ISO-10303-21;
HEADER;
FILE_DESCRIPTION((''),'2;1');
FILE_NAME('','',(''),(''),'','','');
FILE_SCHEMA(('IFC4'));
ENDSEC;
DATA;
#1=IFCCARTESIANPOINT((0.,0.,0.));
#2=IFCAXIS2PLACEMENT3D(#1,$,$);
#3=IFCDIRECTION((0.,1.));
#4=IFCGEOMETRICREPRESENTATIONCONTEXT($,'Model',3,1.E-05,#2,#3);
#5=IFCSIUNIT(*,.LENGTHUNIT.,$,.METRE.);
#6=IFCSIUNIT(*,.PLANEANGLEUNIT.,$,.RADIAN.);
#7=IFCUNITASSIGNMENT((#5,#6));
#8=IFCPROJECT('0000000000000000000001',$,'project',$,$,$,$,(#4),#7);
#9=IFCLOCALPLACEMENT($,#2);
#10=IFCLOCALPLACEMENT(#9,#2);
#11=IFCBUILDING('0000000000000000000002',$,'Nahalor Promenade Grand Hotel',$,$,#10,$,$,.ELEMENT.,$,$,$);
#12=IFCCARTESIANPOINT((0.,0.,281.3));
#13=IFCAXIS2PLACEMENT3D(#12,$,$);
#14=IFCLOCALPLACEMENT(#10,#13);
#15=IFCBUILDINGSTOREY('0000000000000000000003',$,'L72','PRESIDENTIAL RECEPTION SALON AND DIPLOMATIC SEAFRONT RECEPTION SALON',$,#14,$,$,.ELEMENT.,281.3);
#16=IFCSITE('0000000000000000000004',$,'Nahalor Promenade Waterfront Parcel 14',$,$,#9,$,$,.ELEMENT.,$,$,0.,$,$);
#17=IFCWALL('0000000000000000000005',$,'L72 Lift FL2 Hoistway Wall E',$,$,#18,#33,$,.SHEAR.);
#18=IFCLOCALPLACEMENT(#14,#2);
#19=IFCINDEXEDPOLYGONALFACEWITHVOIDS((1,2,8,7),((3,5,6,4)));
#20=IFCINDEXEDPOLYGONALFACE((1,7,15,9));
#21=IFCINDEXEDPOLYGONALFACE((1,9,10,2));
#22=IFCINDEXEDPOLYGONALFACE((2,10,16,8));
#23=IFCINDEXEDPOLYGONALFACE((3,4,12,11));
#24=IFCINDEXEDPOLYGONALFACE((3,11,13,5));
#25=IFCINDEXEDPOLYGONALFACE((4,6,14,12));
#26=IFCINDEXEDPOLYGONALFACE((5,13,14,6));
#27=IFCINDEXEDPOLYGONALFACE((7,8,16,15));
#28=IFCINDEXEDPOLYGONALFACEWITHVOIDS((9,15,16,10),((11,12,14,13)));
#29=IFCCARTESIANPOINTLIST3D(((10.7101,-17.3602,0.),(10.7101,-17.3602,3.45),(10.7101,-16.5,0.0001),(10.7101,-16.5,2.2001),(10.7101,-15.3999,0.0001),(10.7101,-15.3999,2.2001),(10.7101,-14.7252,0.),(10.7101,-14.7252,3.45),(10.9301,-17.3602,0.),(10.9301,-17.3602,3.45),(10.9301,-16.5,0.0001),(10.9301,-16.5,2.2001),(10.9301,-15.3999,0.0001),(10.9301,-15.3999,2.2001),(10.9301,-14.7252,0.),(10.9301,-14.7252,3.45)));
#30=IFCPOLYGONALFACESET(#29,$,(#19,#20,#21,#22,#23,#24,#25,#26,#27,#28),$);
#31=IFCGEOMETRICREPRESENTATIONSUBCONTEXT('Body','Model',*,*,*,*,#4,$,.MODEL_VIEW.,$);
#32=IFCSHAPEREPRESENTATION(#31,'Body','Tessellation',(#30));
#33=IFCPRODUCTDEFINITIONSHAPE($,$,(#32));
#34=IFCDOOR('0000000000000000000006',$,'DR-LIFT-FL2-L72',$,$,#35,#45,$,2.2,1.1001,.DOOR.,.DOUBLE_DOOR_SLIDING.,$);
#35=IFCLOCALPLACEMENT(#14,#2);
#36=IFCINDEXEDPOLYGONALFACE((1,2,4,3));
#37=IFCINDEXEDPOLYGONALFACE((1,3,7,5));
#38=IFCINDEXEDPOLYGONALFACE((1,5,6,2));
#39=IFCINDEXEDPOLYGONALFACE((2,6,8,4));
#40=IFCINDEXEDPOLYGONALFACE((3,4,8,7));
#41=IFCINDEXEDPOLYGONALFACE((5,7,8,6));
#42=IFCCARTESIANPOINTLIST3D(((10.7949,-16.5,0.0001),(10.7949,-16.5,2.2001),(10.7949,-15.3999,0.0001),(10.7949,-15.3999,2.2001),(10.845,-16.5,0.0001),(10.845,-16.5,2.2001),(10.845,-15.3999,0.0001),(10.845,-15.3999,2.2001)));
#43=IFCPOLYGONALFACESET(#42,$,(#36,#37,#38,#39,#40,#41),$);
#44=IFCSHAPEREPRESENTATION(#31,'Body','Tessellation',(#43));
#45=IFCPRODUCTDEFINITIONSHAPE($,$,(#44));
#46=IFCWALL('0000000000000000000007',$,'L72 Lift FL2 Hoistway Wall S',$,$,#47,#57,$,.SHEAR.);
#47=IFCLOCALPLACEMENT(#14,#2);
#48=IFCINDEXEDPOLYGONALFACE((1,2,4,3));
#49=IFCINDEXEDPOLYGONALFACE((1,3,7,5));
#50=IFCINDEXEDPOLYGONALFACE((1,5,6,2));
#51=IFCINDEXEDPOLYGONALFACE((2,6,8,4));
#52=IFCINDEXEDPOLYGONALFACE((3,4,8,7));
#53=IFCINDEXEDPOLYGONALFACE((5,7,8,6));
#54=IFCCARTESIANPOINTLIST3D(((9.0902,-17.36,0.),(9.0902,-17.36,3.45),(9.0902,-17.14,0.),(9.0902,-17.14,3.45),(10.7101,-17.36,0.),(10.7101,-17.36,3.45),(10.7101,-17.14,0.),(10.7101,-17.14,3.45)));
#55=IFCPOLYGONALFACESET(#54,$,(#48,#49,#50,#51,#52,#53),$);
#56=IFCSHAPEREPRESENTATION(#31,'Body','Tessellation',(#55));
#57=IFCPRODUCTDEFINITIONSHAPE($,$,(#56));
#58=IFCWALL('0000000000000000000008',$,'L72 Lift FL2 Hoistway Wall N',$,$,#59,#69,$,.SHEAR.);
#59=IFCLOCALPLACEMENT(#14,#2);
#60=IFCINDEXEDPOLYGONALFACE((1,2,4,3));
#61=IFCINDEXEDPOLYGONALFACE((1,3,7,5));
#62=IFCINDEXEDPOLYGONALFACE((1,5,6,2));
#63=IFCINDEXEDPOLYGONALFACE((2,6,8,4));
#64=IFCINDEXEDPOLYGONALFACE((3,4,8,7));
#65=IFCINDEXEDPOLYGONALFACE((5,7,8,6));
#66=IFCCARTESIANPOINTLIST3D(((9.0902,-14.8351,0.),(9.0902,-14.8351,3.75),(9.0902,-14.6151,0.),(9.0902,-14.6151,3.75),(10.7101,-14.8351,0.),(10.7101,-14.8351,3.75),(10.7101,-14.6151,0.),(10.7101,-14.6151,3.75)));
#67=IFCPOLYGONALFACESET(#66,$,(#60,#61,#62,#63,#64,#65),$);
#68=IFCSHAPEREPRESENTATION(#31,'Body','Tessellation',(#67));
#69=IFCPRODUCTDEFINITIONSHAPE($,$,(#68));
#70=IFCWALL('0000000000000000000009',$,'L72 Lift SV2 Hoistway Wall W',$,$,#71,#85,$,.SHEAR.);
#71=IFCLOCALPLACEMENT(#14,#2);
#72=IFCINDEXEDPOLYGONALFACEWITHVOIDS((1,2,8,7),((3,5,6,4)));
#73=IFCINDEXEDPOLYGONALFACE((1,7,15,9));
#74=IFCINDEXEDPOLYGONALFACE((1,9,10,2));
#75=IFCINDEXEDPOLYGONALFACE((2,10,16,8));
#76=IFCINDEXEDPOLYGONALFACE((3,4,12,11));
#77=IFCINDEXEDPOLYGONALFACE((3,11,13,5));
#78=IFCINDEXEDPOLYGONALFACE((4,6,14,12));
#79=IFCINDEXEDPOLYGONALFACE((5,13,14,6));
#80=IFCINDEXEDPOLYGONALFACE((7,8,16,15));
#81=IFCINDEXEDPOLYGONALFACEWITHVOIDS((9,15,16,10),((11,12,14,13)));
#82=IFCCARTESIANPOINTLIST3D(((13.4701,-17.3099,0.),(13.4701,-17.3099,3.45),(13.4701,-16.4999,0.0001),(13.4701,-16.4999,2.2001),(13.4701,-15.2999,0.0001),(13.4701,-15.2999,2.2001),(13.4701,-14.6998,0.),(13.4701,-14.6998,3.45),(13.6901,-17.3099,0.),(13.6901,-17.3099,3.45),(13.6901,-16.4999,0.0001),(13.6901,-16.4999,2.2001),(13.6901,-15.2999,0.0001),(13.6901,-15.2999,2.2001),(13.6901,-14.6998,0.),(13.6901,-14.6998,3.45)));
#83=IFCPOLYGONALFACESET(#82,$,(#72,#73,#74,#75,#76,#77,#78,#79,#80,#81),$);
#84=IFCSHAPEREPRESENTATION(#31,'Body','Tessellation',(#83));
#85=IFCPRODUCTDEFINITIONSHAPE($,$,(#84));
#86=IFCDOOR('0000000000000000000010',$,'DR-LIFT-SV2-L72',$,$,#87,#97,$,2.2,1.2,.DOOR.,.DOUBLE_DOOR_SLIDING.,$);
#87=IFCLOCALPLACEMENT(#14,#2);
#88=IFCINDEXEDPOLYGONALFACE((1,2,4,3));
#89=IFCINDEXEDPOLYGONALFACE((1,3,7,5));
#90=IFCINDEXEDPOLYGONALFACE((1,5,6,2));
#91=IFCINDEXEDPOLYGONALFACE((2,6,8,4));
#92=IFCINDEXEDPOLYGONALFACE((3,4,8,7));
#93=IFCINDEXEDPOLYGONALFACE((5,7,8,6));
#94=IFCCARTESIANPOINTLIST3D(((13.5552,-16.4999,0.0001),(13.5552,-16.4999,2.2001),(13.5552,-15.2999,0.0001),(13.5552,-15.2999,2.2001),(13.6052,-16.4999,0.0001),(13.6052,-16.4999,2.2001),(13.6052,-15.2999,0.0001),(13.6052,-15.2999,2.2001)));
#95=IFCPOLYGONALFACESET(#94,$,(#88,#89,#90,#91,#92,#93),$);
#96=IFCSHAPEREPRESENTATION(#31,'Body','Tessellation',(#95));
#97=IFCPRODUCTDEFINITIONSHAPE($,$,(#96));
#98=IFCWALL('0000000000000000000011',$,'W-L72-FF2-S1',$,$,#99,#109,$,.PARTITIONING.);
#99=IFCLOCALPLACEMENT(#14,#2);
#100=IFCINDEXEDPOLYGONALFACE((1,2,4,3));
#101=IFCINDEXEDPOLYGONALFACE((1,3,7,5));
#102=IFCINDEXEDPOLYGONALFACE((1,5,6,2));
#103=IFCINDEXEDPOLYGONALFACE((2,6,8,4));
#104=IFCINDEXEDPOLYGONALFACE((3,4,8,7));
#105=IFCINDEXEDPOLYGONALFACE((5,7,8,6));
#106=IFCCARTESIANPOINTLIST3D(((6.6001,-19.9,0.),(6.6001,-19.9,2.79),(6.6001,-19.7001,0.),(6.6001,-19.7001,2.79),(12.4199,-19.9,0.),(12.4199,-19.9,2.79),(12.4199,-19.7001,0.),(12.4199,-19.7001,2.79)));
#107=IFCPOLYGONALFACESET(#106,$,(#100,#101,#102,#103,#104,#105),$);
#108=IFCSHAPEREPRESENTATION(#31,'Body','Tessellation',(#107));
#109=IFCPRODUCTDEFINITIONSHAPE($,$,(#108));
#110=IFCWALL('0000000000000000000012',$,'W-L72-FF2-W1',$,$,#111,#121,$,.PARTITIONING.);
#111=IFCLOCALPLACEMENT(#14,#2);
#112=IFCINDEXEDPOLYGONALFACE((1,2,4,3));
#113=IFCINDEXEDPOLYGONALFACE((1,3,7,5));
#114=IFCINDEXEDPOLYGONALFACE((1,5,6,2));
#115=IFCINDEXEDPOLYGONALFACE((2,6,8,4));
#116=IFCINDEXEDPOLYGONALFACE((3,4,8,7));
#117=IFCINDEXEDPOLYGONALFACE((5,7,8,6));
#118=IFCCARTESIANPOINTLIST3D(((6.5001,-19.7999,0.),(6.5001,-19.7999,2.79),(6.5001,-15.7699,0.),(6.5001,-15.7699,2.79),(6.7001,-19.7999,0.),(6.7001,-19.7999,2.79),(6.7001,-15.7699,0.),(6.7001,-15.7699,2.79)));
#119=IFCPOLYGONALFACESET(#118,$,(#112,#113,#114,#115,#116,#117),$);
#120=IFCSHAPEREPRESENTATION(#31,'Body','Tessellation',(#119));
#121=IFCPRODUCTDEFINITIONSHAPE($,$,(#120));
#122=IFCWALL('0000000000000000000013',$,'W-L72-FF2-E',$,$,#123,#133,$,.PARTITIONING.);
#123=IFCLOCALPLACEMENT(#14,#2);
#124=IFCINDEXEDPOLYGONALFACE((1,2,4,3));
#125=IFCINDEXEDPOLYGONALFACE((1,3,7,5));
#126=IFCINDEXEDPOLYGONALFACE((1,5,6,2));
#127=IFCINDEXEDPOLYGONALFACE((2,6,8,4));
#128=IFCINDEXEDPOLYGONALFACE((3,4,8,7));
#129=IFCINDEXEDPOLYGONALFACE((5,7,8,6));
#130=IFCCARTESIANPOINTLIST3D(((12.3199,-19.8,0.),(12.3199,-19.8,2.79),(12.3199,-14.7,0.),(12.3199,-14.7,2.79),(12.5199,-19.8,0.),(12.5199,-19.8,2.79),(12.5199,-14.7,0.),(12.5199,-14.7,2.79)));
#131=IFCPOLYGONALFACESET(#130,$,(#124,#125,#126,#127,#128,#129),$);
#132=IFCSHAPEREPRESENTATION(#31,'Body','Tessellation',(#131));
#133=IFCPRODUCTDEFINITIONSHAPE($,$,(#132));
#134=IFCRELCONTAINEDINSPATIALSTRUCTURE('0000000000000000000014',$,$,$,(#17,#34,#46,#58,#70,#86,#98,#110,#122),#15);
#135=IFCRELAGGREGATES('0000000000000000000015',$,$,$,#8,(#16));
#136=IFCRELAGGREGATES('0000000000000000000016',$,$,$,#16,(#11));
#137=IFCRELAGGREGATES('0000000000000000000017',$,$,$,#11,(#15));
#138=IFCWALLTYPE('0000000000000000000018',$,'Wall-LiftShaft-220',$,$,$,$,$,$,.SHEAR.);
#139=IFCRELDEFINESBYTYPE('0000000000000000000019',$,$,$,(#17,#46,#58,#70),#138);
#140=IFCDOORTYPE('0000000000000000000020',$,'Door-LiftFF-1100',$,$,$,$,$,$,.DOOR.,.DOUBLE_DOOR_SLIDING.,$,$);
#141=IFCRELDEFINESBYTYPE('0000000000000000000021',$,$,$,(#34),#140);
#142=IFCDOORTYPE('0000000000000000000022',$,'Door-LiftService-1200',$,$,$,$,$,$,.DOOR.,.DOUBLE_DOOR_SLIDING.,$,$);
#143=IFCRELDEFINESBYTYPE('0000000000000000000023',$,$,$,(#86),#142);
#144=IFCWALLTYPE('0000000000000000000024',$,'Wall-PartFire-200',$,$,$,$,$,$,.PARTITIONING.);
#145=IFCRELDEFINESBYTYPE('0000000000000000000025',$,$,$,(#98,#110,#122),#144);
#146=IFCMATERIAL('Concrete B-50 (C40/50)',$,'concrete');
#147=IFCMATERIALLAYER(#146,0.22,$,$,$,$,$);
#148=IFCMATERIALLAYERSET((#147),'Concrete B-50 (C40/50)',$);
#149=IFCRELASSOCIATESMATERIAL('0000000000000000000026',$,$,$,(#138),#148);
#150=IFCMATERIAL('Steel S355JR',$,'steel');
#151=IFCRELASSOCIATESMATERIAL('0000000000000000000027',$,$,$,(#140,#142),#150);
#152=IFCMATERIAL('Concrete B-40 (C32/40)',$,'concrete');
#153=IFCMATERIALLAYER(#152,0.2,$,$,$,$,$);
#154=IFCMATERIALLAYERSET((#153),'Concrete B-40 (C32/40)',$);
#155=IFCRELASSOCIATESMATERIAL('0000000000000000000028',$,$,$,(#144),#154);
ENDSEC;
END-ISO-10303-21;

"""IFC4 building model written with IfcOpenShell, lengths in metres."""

from ifc_helpers import new_model, si_unit, direction, frame, frame_2d, origin, place, context, subcontext, project, spatial, rectangle, extrude, source, transform, mapped, material, layer, layer_set, type_object, element, fill, save


model = new_model("IFC4")

# Units and contexts
model_context = context("Model", 3, precision=1e-05, world=origin(), true_north=direction((0.0, 1.0)))
body_context = subcontext(model_context, "Body", "Model", "MODEL_VIEW")
ifc_project = project(units=[si_unit("LENGTHUNIT", "METRE"), si_unit("PLANEANGLEUNIT", "RADIAN")], contexts=[model_context])

# Site, building, storey
site_placement = place(None, origin())
site = spatial("IfcSite", under=ifc_project, at=site_placement, Name="Nahalor Promenade Waterfront Parcel 14", CompositionType="ELEMENT", RefElevation=0.0)
building_placement = place(site_placement, origin())
building = spatial("IfcBuilding", under=site, at=building_placement, Name="Nahalor Promenade Grand Hotel", CompositionType="ELEMENT")
storey_placement = place(building_placement, frame((0.0, 0.0, 281.3)))
storey = spatial("IfcBuildingStorey", under=building, at=storey_placement, Name="L72", Description="PRESIDENTIAL RECEPTION SALON AND DIPLOMATIC SEAFRONT RECEPTION SALON", CompositionType="ELEMENT", Elevation=281.3)

# Shared definitions
ifc_material_1 = material(Name="Concrete B-50 (C40/50)", Category="concrete")
ifc_material_2 = material(Name="Steel S355JR", Category="steel")

# Shared definitions
ifc_layer_1 = layer(ifc_material_1, 0.22)
ifc_layer_set_1 = layer_set([ifc_layer_1], Name="Concrete B-50 (C40/50)")
wall_type_1 = type_object("IfcWallType", Name="Wall-LiftShaft-220", PredefinedType="SHEAR", material=ifc_layer_set_1)

# Shared definitions
shared_shape_1 = source(origin(), body_context, "Body", "SweptSolid", [
    extrude(rectangle(XDim=2.635, YDim=0.22, at=frame_2d((1.3174, 0.0))), origin(), (0.0, 0.0, 1.0), 3.45),
])

# Wall, opening, door
wall_1_placement = place(storey_placement, frame((10.8201, -17.3601, 0.0), z_axis=(0.0, 0.0, 1.0), x_axis=(0.0, 1.0, 0.0)))
wall_1 = element("IfcWall", 1, at=wall_1_placement, inside=storey, type_object=wall_type_1, Name="L72 Lift FL2 Hoistway Wall E", PredefinedType="SHEAR", context=body_context, shape_type="MappedRepresentation", body=[
    mapped(shared_shape_1, transform((0.0, 0.0, 0.0), scale=1.0)),
])
opening_1_placement = place(wall_1_placement, frame((0.8601, 0.0, 0.0)))
opening_1 = element("IfcOpeningElement", 2, at=opening_1_placement, cuts=wall_1, PredefinedType="OPENING", context=body_context, shape_type="SweptSolid", body=[
    extrude(rectangle(XDim=1.1001, YDim=2.2, at=frame_2d((0.55, 1.1001))), frame((0.0, 0.1199, 0.0), z_axis=(0.0, -1.0, 0.0), x_axis=(1.0, 0.0, 0.0)), (0.0, 0.0, 1.0), 0.24),
])
door_type_1 = type_object("IfcDoorType", Name="Door-LiftFF-1100", OperationType="DOUBLE_DOOR_SLIDING", PredefinedType="DOOR", material=ifc_material_2)
shared_shape_2 = source(origin(), body_context, "Body", "SweptSolid", [
    extrude(rectangle(XDim=1.1001, YDim=2.2, at=frame_2d((0.55, 1.1001))), frame((0.0, 0.0249, 0.0), z_axis=(0.0, -1.0, 0.0), x_axis=(1.0, 0.0, 0.0)), (0.0, 0.0, 1.0), 0.05),
])
door_1_placement = place(opening_1_placement, frame((1.1001, 0.0, 0.0), z_axis=(0.0, 0.0, 1.0), x_axis=(-1.0, 0.0, 0.0)))
door_1 = element("IfcDoor", 3, at=door_1_placement, inside=storey, type_object=door_type_1, Name="DR-LIFT-FL2-L72", OperationType="DOUBLE_DOOR_SLIDING", OverallHeight=2.2, OverallWidth=1.1001, PredefinedType="DOOR", context=body_context, shape_type="MappedRepresentation", body=[
    mapped(shared_shape_2, transform((0.0, 0.0, 0.0), scale=1.0)),
])
fill(opening_1, door_1)

# Walls
shared_shape_3 = source(origin(), body_context, "Body", "SweptSolid", [
    extrude(rectangle(XDim=1.6199, YDim=0.22, at=frame_2d((0.8101, 0.0))), origin(), (0.0, 0.0, 1.0), 3.45),
])
wall_2_placement = place(storey_placement, frame((9.0901, -17.25, 0.0), z_axis=(0.0, 0.0, 1.0), x_axis=(1.0, 0.0, 0.0)))
element("IfcWall", 4, at=wall_2_placement, inside=storey, type_object=wall_type_1, Name="L72 Lift FL2 Hoistway Wall S", PredefinedType="SHEAR", context=body_context, shape_type="MappedRepresentation", body=[
    mapped(shared_shape_3, transform((0.0, 0.0, 0.0), scale=1.0)),
])
shared_shape_4 = source(origin(), body_context, "Body", "SweptSolid", [
    extrude(rectangle(XDim=1.6199, YDim=0.22, at=frame_2d((0.8101, 0.0))), origin(), (0.0, 0.0, 1.0), 3.75),
])
wall_3_placement = place(storey_placement, frame((9.0901, -14.7251, 0.0), z_axis=(0.0, 0.0, 1.0), x_axis=(1.0, 0.0, 0.0)))
element("IfcWall", 5, at=wall_3_placement, inside=storey, type_object=wall_type_1, Name="L72 Lift FL2 Hoistway Wall N", PredefinedType="SHEAR", context=body_context, shape_type="MappedRepresentation", body=[
    mapped(shared_shape_4, transform((0.0, 0.0, 0.0), scale=1.0)),
])

# Wall, opening, door
shared_shape_5 = source(origin(), body_context, "Body", "SweptSolid", [
    extrude(rectangle(XDim=2.6101, YDim=0.22, at=frame_2d((1.3052, 0.0))), origin(), (0.0, 0.0, 1.0), 3.45),
])
wall_4_placement = place(storey_placement, frame((13.5801, -17.3101, 0.0), z_axis=(0.0, 0.0, 1.0), x_axis=(0.0, 1.0, 0.0)))
wall_4 = element("IfcWall", 6, at=wall_4_placement, inside=storey, type_object=wall_type_1, Name="L72 Lift SV2 Hoistway Wall W", PredefinedType="SHEAR", context=body_context, shape_type="MappedRepresentation", body=[
    mapped(shared_shape_5, transform((0.0, 0.0, 0.0), scale=1.0)),
])
opening_2_placement = place(wall_4_placement, frame((0.8101, 0.0, 0.0)))
opening_2 = element("IfcOpeningElement", 7, at=opening_2_placement, cuts=wall_4, PredefinedType="OPENING", context=body_context, shape_type="SweptSolid", body=[
    extrude(rectangle(XDim=1.2, YDim=2.2, at=frame_2d((0.6001, 1.1001))), frame((0.0, 0.1199, 0.0), z_axis=(0.0, -1.0, 0.0), x_axis=(1.0, 0.0, 0.0)), (0.0, 0.0, 1.0), 0.24),
])
door_type_2 = type_object("IfcDoorType", Name="Door-LiftService-1200", OperationType="DOUBLE_DOOR_SLIDING", PredefinedType="DOOR", material=ifc_material_2)
shared_shape_6 = source(origin(), body_context, "Body", "SweptSolid", [
    extrude(rectangle(XDim=1.2, YDim=2.2, at=frame_2d((0.6001, 1.1001))), frame((0.0, 0.0249, 0.0), z_axis=(0.0, -1.0, 0.0), x_axis=(1.0, 0.0, 0.0)), (0.0, 0.0, 1.0), 0.05),
])
door_2_placement = place(opening_2_placement, origin())
door_2 = element("IfcDoor", 8, at=door_2_placement, inside=storey, type_object=door_type_2, Name="DR-LIFT-SV2-L72", OperationType="DOUBLE_DOOR_SLIDING", OverallHeight=2.2, OverallWidth=1.2, PredefinedType="DOOR", context=body_context, shape_type="MappedRepresentation", body=[
    mapped(shared_shape_6, transform((0.0, 0.0, 0.0), scale=1.0)),
])
fill(opening_2, door_2)

# Walls
ifc_material_3 = material(Name="Concrete B-40 (C32/40)", Category="concrete")
ifc_layer_2 = layer(ifc_material_3, 0.2)
ifc_layer_set_2 = layer_set([ifc_layer_2], Name="Concrete B-40 (C32/40)")
wall_type_2 = type_object("IfcWallType", Name="Wall-PartFire-200", PredefinedType="PARTITIONING", material=ifc_layer_set_2)
shared_shape_7 = source(origin(), body_context, "Body", "SweptSolid", [
    extrude(rectangle(XDim=5.8198, YDim=0.2, at=frame_2d((2.9099, 0.0))), origin(), (0.0, 0.0, 1.0), 2.79),
])
wall_5_placement = place(storey_placement, frame((6.6001, -19.8, 0.0), z_axis=(0.0, 0.0, 1.0), x_axis=(1.0, 0.0, 0.0)))
element("IfcWall", 9, at=wall_5_placement, inside=storey, type_object=wall_type_2, Name="W-L72-FF2-S1", PredefinedType="PARTITIONING", context=body_context, shape_type="MappedRepresentation", body=[
    mapped(shared_shape_7, transform((0.0, 0.0, 0.0), scale=1.0)),
])
shared_shape_8 = source(origin(), body_context, "Body", "SweptSolid", [
    extrude(rectangle(XDim=4.03, YDim=0.2, at=frame_2d((2.0151, 0.0))), origin(), (0.0, 0.0, 1.0), 2.79),
])
wall_6_placement = place(storey_placement, frame((6.6001, -19.8, 0.0), z_axis=(0.0, 0.0, 1.0), x_axis=(0.0, 1.0, 0.0)))
element("IfcWall", 10, at=wall_6_placement, inside=storey, type_object=wall_type_2, Name="W-L72-FF2-W1", PredefinedType="PARTITIONING", context=body_context, shape_type="MappedRepresentation", body=[
    mapped(shared_shape_8, transform((0.0, 0.0, 0.0), scale=1.0)),
])
shared_shape_9 = source(origin(), body_context, "Body", "SweptSolid", [
    extrude(rectangle(XDim=5.1001, YDim=0.2, at=frame_2d((2.55, 0.0))), origin(), (0.0, 0.0, 1.0), 2.79),
])
wall_7_placement = place(storey_placement, frame((12.4199, -19.8, 0.0), z_axis=(0.0, 0.0, 1.0), x_axis=(0.0, 1.0, 0.0)))
element("IfcWall", 11, at=wall_7_placement, inside=storey, type_object=wall_type_2, Name="W-L72-FF2-E", PredefinedType="PARTITIONING", context=body_context, shape_type="MappedRepresentation", body=[
    mapped(shared_shape_9, transform((0.0, 0.0, 0.0), scale=1.0)),
])

save(model, "model.ifc")
